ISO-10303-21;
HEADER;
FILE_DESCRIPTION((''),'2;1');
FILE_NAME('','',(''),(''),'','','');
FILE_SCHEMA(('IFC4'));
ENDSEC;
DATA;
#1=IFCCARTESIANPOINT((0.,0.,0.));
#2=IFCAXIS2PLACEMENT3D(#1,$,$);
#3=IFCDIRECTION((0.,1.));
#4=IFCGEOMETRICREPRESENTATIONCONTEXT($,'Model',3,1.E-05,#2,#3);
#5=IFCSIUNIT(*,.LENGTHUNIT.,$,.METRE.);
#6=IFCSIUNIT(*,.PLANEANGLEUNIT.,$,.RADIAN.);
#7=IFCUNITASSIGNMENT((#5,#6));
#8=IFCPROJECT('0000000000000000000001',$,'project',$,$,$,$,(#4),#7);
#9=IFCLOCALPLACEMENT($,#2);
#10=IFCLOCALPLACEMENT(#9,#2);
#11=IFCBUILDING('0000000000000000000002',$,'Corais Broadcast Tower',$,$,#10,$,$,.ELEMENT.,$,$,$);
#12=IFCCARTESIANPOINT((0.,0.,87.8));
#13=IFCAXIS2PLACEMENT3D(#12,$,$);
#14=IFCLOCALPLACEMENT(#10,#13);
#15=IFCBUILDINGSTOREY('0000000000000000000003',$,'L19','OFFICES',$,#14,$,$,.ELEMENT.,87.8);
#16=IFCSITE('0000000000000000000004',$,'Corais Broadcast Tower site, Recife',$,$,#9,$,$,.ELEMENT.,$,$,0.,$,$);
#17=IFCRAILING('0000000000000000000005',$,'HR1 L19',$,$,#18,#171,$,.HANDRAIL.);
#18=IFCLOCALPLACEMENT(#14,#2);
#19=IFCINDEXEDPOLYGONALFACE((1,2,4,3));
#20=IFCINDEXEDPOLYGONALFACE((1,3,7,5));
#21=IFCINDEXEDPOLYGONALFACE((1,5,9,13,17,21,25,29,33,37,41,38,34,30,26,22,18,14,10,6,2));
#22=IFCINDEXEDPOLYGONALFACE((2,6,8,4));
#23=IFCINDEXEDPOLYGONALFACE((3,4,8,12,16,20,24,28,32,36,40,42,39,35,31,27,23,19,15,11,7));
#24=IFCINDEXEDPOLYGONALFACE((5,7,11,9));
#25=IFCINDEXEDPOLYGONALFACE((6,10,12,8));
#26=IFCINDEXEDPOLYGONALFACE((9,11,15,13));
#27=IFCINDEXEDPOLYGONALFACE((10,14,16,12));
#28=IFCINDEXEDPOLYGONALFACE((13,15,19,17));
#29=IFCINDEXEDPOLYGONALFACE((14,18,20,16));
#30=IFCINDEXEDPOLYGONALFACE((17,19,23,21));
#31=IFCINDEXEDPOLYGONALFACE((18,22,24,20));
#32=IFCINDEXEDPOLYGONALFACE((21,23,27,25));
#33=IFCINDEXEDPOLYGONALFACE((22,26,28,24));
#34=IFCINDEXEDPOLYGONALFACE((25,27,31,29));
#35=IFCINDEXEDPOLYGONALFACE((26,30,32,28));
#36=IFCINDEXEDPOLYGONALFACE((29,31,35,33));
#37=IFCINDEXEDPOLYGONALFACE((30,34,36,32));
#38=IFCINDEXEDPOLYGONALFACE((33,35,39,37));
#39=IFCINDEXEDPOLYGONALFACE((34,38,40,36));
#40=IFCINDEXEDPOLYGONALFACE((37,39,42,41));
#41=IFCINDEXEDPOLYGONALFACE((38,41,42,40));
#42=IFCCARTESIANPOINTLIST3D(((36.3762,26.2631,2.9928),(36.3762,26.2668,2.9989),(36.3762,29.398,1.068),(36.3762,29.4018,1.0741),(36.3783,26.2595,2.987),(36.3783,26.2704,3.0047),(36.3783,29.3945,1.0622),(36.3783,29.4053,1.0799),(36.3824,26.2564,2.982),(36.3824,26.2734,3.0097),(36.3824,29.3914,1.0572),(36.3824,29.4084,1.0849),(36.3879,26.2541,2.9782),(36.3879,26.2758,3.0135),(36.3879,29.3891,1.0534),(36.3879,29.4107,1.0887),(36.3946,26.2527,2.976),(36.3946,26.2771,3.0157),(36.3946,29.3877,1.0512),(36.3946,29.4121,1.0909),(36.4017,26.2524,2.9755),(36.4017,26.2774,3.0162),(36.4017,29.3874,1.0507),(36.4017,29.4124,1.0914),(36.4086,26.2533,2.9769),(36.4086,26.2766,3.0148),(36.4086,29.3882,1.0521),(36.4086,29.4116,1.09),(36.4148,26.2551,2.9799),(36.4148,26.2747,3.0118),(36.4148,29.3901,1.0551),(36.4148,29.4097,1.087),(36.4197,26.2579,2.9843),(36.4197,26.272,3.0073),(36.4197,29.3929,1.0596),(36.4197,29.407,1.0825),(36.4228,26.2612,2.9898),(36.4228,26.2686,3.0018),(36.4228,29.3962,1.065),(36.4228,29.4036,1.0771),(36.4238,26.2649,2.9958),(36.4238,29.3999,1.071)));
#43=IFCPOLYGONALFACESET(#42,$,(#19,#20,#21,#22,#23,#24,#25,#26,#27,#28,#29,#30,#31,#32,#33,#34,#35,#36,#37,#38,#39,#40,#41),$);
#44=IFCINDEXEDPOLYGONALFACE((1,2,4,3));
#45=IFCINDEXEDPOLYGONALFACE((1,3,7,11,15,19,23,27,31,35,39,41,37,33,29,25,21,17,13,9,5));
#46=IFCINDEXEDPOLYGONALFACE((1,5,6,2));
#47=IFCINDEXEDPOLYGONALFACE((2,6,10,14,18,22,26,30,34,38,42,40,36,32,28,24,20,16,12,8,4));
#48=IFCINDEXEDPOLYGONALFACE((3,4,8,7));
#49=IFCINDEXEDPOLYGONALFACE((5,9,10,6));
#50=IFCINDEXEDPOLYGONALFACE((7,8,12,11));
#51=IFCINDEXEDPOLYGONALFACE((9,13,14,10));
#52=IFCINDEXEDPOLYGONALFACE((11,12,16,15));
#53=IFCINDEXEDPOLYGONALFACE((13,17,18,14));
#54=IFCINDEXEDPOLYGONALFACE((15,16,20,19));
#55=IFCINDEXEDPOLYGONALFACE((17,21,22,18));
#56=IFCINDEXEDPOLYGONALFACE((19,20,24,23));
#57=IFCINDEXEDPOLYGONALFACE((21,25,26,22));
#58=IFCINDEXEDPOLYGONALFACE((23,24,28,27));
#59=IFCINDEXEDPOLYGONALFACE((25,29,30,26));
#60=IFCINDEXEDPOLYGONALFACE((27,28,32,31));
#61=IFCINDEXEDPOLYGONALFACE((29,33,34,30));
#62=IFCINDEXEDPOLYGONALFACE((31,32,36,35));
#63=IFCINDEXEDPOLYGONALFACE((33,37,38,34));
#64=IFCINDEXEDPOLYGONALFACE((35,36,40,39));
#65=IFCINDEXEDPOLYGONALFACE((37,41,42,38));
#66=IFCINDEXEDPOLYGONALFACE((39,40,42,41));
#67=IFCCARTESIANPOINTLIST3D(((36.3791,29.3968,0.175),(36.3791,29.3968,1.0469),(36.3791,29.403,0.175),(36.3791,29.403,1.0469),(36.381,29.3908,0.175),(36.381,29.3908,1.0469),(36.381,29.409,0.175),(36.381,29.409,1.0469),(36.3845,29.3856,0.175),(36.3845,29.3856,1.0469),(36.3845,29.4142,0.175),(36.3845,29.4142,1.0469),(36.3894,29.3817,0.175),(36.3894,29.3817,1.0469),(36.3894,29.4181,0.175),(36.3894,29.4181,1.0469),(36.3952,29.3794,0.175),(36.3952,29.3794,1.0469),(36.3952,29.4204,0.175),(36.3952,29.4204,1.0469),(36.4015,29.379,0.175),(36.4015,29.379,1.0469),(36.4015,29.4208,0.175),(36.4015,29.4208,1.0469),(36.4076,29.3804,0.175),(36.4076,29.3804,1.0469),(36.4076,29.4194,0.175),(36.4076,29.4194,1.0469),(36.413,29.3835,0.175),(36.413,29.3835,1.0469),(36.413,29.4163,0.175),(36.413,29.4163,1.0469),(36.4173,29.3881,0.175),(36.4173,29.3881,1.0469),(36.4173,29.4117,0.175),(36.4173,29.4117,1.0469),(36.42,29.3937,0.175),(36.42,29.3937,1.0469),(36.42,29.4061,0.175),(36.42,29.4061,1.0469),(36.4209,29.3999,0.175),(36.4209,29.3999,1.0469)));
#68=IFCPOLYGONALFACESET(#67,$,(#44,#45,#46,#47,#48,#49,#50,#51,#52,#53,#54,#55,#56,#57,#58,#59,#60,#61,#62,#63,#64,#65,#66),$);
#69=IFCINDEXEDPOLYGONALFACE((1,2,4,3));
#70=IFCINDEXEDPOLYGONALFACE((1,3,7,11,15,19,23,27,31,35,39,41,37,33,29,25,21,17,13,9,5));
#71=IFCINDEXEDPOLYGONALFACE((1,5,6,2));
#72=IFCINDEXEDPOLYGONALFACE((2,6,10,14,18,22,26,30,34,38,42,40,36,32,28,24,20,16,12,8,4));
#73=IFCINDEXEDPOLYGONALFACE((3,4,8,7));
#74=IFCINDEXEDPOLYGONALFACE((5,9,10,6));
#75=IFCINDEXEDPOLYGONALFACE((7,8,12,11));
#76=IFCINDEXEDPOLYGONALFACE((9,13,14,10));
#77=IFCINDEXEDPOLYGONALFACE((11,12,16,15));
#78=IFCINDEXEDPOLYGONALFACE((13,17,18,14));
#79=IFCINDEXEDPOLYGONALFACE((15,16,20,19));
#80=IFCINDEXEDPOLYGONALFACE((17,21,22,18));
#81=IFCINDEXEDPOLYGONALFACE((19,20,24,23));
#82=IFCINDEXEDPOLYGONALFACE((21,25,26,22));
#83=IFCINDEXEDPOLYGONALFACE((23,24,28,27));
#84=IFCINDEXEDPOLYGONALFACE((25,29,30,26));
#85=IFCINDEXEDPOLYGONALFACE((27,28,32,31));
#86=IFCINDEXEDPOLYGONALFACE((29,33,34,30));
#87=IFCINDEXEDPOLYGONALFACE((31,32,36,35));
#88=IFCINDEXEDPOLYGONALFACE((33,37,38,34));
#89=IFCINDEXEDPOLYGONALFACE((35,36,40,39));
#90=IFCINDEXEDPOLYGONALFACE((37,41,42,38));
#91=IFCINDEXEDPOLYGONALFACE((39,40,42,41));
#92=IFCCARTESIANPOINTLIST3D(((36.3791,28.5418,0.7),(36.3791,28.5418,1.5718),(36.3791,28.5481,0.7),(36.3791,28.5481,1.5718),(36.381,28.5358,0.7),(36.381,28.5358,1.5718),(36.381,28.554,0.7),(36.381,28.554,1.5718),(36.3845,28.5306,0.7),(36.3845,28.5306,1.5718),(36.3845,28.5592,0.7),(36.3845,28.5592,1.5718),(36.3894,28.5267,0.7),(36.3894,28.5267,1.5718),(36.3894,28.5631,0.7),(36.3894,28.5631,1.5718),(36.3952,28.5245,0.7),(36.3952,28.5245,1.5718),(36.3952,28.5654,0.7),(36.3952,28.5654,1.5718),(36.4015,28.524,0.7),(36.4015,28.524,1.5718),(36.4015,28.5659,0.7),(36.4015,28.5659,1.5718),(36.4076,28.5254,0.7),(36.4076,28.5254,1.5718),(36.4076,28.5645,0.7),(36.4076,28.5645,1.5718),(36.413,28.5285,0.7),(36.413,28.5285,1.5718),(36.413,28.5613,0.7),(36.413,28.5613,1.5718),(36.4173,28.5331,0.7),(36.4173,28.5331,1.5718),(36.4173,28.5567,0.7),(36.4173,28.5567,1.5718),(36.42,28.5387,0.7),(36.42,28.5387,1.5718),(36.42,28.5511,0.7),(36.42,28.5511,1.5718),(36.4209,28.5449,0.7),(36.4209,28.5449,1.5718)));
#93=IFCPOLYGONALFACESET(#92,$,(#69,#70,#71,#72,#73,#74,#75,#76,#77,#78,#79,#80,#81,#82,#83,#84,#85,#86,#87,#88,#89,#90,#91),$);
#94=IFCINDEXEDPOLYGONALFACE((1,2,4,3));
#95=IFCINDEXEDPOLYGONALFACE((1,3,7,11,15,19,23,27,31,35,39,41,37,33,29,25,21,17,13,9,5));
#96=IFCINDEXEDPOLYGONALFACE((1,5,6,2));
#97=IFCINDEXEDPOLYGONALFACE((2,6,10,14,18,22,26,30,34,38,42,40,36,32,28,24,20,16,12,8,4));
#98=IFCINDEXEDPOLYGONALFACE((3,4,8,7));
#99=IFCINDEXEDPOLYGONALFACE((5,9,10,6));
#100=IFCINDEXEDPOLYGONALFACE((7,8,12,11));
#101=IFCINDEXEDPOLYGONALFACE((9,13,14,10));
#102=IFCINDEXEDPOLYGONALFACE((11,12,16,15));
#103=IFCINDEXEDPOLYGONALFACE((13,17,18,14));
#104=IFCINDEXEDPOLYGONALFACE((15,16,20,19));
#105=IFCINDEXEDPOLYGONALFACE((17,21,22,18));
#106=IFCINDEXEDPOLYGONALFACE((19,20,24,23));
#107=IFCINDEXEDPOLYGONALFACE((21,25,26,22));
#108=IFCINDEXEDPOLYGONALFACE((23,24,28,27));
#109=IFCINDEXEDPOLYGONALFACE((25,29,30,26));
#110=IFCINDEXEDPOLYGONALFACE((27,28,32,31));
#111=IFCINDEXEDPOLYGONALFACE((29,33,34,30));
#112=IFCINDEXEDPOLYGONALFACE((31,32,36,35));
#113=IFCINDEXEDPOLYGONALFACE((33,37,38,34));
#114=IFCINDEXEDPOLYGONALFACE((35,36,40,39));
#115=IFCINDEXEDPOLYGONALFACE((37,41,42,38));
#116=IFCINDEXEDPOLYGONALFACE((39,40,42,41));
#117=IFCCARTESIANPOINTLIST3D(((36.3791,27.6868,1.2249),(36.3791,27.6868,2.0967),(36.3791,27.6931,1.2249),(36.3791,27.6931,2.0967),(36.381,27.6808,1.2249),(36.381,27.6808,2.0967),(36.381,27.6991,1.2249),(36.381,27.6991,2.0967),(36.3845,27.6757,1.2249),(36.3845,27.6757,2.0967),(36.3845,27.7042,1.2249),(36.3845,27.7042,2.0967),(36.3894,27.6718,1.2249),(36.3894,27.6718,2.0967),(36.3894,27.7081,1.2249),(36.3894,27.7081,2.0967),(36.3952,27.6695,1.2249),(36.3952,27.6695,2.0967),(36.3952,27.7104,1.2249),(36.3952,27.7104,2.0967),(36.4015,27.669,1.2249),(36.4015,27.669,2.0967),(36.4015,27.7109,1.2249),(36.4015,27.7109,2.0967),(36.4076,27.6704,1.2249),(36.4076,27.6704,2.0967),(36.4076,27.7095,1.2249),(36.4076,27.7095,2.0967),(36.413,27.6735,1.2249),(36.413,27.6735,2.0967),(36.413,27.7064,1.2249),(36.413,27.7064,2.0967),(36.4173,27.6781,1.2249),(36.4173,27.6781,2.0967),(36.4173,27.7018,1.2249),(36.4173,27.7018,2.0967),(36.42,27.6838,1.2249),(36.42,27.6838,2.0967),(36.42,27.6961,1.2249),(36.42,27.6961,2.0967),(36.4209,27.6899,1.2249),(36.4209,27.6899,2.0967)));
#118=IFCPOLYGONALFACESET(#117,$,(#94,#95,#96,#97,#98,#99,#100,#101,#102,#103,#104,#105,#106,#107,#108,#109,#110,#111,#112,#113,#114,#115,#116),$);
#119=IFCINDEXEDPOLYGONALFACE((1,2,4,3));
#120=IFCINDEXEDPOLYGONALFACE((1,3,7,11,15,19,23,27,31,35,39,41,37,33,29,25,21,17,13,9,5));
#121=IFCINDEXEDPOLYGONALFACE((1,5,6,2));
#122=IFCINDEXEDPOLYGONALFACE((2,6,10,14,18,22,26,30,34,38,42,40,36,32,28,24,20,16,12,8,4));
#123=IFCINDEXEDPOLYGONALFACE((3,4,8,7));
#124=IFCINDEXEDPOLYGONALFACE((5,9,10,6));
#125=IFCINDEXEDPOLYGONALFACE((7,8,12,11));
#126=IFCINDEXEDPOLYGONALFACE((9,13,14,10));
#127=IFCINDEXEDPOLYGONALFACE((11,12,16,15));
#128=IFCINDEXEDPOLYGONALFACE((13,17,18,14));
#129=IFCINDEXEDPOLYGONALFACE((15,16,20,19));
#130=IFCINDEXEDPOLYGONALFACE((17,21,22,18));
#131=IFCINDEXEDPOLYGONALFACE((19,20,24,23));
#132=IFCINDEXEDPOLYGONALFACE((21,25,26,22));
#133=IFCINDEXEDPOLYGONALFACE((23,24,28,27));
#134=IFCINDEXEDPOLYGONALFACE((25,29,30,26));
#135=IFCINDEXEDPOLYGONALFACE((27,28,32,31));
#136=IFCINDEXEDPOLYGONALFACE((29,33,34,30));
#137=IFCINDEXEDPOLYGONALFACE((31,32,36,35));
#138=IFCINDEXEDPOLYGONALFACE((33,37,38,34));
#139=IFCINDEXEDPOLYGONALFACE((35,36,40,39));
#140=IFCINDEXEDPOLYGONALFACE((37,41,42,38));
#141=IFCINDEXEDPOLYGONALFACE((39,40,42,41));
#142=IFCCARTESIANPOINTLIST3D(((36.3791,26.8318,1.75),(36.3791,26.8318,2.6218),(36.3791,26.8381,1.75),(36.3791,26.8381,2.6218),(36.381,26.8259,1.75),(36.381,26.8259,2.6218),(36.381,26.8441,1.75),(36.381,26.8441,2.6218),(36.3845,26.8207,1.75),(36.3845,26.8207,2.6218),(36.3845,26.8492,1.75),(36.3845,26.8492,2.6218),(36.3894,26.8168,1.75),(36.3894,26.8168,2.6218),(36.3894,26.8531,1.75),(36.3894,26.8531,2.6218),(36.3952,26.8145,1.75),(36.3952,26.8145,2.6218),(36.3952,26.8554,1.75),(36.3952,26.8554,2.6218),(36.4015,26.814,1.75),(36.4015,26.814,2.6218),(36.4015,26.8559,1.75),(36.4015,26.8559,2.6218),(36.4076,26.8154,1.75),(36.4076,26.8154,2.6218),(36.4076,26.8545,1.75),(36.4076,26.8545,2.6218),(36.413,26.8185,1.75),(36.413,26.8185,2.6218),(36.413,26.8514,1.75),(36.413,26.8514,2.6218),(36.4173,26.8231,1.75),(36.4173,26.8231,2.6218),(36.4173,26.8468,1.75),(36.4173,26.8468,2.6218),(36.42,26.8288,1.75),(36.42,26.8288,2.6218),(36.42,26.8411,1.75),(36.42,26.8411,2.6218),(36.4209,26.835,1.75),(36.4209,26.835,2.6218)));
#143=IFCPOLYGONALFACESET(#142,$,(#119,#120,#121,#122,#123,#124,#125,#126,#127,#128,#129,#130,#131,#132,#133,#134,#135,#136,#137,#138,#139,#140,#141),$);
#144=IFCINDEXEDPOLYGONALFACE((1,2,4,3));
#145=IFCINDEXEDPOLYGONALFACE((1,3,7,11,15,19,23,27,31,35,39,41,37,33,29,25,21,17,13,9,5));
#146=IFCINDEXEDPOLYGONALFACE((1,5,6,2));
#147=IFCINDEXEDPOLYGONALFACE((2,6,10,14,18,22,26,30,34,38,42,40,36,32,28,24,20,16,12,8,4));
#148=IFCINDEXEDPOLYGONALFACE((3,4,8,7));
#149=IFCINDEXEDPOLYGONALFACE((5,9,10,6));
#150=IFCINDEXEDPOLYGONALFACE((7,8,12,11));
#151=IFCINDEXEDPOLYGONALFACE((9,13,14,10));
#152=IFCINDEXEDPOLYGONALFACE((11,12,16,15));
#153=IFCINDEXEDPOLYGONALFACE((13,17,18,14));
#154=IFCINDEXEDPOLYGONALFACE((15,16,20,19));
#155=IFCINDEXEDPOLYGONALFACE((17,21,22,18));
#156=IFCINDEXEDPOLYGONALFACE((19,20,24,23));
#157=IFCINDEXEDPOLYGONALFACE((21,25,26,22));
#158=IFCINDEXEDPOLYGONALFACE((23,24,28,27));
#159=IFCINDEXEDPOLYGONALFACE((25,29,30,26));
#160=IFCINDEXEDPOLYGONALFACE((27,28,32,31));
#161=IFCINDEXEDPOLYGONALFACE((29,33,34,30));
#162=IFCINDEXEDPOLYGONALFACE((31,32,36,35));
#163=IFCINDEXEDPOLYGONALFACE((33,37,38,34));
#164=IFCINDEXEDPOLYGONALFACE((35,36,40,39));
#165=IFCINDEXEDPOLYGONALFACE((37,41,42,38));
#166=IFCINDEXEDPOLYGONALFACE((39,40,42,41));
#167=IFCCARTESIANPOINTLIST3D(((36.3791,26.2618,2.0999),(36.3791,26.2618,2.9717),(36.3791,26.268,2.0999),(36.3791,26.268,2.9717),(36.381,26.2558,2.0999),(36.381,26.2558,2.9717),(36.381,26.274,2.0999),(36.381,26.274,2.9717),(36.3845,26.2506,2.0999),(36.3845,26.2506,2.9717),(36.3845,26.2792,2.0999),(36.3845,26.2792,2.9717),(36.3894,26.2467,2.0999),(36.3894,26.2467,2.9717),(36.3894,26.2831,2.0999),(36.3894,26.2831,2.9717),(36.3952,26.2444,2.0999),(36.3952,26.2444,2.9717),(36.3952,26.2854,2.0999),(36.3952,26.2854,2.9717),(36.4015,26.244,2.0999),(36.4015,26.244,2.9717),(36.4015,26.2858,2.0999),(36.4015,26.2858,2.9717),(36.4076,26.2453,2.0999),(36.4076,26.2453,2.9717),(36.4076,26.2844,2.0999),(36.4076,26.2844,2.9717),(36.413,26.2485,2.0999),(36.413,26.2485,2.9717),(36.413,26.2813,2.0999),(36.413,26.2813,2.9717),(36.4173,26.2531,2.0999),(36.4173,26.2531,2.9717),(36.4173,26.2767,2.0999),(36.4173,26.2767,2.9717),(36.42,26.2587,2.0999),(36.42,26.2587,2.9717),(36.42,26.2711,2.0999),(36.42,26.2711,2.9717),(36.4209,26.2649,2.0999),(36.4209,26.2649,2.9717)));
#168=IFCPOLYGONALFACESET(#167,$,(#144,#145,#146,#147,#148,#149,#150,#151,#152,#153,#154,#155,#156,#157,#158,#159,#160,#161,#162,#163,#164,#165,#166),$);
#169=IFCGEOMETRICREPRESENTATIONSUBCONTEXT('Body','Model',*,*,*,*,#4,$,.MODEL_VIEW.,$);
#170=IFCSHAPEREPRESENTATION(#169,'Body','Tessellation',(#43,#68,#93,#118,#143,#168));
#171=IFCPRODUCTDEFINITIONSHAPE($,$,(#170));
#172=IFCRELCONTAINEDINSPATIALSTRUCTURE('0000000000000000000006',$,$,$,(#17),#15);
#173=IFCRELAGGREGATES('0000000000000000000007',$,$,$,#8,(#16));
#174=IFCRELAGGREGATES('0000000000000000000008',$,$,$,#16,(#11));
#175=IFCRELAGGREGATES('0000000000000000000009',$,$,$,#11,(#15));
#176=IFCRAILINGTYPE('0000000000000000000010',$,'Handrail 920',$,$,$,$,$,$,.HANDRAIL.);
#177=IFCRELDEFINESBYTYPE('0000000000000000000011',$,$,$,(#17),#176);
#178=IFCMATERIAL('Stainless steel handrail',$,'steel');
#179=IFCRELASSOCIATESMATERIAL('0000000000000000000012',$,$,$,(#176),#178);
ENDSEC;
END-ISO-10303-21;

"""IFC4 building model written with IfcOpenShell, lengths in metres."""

from ifc_helpers import new_model, si_unit, direction, frame, origin, origin_2d, place, context, subcontext, project, spatial, circle, extrude, material, type_object, element, save


model = new_model("IFC4")

# Units and contexts
model_context = context("Model", 3, precision=1e-05, world=origin(), true_north=direction((0.0, 1.0)))
body_context = subcontext(model_context, "Body", "Model", "MODEL_VIEW")
ifc_project = project(units=[si_unit("LENGTHUNIT", "METRE"), si_unit("PLANEANGLEUNIT", "RADIAN")], contexts=[model_context])

# Site, building, storey
site_placement = place(None, origin())
site = spatial("IfcSite", under=ifc_project, at=site_placement, Name="Corais Broadcast Tower site, Recife", CompositionType="ELEMENT", RefElevation=0.0)
building_placement = place(site_placement, origin())
building = spatial("IfcBuilding", under=site, at=building_placement, Name="Corais Broadcast Tower", CompositionType="ELEMENT")
storey_placement = place(building_placement, frame((0.0, 0.0, 87.8)))
storey = spatial("IfcBuildingStorey", under=building, at=storey_placement, Name="L19", Description="OFFICES", CompositionType="ELEMENT", Elevation=87.8)

# Railing
ifc_material_1 = material(Name="Stainless steel handrail", Category="steel")
railing_type = type_object("IfcRailingType", Name="Handrail 920", PredefinedType="HANDRAIL", material=ifc_material_1)
for number, where, name in (
    (1, (36.3999, 29.3999, 0.175), "HR1 L19"),
):
    element("IfcRailing", number, at=place(storey_placement, frame(where)), inside=storey, type_object=railing_type, Name=name, PredefinedType="HANDRAIL", context=body_context, shape_type="SweptSolid", body=[
        extrude(circle(Radius=0.0239, at=origin_2d()), frame((0.0, 0.0, 0.896), z_axis=(0.0, -0.852196, 0.523223), x_axis=(1.0, 0.0, 0.0)), (0.0, 0.0, 1.0), 3.6787),
        extrude(circle(Radius=0.021, at=origin_2d()), origin(), (0.0, 0.0, 1.0), 0.8718),
        extrude(circle(Radius=0.021, at=origin_2d()), frame((0.0, -0.855, 0.5249)), (0.0, 0.0, 1.0), 0.8718),
        extrude(circle(Radius=0.021, at=origin_2d()), frame((0.0, -1.71, 1.0498)), (0.0, 0.0, 1.0), 0.8718),
        extrude(circle(Radius=0.021, at=origin_2d()), frame((0.0, -2.5649, 1.575)), (0.0, 0.0, 1.0), 0.8718),
        extrude(circle(Radius=0.021, at=origin_2d()), frame((0.0, -3.135, 1.9248)), (0.0, 0.0, 1.0), 0.8718),
    ])

save(model, "model.ifc")
